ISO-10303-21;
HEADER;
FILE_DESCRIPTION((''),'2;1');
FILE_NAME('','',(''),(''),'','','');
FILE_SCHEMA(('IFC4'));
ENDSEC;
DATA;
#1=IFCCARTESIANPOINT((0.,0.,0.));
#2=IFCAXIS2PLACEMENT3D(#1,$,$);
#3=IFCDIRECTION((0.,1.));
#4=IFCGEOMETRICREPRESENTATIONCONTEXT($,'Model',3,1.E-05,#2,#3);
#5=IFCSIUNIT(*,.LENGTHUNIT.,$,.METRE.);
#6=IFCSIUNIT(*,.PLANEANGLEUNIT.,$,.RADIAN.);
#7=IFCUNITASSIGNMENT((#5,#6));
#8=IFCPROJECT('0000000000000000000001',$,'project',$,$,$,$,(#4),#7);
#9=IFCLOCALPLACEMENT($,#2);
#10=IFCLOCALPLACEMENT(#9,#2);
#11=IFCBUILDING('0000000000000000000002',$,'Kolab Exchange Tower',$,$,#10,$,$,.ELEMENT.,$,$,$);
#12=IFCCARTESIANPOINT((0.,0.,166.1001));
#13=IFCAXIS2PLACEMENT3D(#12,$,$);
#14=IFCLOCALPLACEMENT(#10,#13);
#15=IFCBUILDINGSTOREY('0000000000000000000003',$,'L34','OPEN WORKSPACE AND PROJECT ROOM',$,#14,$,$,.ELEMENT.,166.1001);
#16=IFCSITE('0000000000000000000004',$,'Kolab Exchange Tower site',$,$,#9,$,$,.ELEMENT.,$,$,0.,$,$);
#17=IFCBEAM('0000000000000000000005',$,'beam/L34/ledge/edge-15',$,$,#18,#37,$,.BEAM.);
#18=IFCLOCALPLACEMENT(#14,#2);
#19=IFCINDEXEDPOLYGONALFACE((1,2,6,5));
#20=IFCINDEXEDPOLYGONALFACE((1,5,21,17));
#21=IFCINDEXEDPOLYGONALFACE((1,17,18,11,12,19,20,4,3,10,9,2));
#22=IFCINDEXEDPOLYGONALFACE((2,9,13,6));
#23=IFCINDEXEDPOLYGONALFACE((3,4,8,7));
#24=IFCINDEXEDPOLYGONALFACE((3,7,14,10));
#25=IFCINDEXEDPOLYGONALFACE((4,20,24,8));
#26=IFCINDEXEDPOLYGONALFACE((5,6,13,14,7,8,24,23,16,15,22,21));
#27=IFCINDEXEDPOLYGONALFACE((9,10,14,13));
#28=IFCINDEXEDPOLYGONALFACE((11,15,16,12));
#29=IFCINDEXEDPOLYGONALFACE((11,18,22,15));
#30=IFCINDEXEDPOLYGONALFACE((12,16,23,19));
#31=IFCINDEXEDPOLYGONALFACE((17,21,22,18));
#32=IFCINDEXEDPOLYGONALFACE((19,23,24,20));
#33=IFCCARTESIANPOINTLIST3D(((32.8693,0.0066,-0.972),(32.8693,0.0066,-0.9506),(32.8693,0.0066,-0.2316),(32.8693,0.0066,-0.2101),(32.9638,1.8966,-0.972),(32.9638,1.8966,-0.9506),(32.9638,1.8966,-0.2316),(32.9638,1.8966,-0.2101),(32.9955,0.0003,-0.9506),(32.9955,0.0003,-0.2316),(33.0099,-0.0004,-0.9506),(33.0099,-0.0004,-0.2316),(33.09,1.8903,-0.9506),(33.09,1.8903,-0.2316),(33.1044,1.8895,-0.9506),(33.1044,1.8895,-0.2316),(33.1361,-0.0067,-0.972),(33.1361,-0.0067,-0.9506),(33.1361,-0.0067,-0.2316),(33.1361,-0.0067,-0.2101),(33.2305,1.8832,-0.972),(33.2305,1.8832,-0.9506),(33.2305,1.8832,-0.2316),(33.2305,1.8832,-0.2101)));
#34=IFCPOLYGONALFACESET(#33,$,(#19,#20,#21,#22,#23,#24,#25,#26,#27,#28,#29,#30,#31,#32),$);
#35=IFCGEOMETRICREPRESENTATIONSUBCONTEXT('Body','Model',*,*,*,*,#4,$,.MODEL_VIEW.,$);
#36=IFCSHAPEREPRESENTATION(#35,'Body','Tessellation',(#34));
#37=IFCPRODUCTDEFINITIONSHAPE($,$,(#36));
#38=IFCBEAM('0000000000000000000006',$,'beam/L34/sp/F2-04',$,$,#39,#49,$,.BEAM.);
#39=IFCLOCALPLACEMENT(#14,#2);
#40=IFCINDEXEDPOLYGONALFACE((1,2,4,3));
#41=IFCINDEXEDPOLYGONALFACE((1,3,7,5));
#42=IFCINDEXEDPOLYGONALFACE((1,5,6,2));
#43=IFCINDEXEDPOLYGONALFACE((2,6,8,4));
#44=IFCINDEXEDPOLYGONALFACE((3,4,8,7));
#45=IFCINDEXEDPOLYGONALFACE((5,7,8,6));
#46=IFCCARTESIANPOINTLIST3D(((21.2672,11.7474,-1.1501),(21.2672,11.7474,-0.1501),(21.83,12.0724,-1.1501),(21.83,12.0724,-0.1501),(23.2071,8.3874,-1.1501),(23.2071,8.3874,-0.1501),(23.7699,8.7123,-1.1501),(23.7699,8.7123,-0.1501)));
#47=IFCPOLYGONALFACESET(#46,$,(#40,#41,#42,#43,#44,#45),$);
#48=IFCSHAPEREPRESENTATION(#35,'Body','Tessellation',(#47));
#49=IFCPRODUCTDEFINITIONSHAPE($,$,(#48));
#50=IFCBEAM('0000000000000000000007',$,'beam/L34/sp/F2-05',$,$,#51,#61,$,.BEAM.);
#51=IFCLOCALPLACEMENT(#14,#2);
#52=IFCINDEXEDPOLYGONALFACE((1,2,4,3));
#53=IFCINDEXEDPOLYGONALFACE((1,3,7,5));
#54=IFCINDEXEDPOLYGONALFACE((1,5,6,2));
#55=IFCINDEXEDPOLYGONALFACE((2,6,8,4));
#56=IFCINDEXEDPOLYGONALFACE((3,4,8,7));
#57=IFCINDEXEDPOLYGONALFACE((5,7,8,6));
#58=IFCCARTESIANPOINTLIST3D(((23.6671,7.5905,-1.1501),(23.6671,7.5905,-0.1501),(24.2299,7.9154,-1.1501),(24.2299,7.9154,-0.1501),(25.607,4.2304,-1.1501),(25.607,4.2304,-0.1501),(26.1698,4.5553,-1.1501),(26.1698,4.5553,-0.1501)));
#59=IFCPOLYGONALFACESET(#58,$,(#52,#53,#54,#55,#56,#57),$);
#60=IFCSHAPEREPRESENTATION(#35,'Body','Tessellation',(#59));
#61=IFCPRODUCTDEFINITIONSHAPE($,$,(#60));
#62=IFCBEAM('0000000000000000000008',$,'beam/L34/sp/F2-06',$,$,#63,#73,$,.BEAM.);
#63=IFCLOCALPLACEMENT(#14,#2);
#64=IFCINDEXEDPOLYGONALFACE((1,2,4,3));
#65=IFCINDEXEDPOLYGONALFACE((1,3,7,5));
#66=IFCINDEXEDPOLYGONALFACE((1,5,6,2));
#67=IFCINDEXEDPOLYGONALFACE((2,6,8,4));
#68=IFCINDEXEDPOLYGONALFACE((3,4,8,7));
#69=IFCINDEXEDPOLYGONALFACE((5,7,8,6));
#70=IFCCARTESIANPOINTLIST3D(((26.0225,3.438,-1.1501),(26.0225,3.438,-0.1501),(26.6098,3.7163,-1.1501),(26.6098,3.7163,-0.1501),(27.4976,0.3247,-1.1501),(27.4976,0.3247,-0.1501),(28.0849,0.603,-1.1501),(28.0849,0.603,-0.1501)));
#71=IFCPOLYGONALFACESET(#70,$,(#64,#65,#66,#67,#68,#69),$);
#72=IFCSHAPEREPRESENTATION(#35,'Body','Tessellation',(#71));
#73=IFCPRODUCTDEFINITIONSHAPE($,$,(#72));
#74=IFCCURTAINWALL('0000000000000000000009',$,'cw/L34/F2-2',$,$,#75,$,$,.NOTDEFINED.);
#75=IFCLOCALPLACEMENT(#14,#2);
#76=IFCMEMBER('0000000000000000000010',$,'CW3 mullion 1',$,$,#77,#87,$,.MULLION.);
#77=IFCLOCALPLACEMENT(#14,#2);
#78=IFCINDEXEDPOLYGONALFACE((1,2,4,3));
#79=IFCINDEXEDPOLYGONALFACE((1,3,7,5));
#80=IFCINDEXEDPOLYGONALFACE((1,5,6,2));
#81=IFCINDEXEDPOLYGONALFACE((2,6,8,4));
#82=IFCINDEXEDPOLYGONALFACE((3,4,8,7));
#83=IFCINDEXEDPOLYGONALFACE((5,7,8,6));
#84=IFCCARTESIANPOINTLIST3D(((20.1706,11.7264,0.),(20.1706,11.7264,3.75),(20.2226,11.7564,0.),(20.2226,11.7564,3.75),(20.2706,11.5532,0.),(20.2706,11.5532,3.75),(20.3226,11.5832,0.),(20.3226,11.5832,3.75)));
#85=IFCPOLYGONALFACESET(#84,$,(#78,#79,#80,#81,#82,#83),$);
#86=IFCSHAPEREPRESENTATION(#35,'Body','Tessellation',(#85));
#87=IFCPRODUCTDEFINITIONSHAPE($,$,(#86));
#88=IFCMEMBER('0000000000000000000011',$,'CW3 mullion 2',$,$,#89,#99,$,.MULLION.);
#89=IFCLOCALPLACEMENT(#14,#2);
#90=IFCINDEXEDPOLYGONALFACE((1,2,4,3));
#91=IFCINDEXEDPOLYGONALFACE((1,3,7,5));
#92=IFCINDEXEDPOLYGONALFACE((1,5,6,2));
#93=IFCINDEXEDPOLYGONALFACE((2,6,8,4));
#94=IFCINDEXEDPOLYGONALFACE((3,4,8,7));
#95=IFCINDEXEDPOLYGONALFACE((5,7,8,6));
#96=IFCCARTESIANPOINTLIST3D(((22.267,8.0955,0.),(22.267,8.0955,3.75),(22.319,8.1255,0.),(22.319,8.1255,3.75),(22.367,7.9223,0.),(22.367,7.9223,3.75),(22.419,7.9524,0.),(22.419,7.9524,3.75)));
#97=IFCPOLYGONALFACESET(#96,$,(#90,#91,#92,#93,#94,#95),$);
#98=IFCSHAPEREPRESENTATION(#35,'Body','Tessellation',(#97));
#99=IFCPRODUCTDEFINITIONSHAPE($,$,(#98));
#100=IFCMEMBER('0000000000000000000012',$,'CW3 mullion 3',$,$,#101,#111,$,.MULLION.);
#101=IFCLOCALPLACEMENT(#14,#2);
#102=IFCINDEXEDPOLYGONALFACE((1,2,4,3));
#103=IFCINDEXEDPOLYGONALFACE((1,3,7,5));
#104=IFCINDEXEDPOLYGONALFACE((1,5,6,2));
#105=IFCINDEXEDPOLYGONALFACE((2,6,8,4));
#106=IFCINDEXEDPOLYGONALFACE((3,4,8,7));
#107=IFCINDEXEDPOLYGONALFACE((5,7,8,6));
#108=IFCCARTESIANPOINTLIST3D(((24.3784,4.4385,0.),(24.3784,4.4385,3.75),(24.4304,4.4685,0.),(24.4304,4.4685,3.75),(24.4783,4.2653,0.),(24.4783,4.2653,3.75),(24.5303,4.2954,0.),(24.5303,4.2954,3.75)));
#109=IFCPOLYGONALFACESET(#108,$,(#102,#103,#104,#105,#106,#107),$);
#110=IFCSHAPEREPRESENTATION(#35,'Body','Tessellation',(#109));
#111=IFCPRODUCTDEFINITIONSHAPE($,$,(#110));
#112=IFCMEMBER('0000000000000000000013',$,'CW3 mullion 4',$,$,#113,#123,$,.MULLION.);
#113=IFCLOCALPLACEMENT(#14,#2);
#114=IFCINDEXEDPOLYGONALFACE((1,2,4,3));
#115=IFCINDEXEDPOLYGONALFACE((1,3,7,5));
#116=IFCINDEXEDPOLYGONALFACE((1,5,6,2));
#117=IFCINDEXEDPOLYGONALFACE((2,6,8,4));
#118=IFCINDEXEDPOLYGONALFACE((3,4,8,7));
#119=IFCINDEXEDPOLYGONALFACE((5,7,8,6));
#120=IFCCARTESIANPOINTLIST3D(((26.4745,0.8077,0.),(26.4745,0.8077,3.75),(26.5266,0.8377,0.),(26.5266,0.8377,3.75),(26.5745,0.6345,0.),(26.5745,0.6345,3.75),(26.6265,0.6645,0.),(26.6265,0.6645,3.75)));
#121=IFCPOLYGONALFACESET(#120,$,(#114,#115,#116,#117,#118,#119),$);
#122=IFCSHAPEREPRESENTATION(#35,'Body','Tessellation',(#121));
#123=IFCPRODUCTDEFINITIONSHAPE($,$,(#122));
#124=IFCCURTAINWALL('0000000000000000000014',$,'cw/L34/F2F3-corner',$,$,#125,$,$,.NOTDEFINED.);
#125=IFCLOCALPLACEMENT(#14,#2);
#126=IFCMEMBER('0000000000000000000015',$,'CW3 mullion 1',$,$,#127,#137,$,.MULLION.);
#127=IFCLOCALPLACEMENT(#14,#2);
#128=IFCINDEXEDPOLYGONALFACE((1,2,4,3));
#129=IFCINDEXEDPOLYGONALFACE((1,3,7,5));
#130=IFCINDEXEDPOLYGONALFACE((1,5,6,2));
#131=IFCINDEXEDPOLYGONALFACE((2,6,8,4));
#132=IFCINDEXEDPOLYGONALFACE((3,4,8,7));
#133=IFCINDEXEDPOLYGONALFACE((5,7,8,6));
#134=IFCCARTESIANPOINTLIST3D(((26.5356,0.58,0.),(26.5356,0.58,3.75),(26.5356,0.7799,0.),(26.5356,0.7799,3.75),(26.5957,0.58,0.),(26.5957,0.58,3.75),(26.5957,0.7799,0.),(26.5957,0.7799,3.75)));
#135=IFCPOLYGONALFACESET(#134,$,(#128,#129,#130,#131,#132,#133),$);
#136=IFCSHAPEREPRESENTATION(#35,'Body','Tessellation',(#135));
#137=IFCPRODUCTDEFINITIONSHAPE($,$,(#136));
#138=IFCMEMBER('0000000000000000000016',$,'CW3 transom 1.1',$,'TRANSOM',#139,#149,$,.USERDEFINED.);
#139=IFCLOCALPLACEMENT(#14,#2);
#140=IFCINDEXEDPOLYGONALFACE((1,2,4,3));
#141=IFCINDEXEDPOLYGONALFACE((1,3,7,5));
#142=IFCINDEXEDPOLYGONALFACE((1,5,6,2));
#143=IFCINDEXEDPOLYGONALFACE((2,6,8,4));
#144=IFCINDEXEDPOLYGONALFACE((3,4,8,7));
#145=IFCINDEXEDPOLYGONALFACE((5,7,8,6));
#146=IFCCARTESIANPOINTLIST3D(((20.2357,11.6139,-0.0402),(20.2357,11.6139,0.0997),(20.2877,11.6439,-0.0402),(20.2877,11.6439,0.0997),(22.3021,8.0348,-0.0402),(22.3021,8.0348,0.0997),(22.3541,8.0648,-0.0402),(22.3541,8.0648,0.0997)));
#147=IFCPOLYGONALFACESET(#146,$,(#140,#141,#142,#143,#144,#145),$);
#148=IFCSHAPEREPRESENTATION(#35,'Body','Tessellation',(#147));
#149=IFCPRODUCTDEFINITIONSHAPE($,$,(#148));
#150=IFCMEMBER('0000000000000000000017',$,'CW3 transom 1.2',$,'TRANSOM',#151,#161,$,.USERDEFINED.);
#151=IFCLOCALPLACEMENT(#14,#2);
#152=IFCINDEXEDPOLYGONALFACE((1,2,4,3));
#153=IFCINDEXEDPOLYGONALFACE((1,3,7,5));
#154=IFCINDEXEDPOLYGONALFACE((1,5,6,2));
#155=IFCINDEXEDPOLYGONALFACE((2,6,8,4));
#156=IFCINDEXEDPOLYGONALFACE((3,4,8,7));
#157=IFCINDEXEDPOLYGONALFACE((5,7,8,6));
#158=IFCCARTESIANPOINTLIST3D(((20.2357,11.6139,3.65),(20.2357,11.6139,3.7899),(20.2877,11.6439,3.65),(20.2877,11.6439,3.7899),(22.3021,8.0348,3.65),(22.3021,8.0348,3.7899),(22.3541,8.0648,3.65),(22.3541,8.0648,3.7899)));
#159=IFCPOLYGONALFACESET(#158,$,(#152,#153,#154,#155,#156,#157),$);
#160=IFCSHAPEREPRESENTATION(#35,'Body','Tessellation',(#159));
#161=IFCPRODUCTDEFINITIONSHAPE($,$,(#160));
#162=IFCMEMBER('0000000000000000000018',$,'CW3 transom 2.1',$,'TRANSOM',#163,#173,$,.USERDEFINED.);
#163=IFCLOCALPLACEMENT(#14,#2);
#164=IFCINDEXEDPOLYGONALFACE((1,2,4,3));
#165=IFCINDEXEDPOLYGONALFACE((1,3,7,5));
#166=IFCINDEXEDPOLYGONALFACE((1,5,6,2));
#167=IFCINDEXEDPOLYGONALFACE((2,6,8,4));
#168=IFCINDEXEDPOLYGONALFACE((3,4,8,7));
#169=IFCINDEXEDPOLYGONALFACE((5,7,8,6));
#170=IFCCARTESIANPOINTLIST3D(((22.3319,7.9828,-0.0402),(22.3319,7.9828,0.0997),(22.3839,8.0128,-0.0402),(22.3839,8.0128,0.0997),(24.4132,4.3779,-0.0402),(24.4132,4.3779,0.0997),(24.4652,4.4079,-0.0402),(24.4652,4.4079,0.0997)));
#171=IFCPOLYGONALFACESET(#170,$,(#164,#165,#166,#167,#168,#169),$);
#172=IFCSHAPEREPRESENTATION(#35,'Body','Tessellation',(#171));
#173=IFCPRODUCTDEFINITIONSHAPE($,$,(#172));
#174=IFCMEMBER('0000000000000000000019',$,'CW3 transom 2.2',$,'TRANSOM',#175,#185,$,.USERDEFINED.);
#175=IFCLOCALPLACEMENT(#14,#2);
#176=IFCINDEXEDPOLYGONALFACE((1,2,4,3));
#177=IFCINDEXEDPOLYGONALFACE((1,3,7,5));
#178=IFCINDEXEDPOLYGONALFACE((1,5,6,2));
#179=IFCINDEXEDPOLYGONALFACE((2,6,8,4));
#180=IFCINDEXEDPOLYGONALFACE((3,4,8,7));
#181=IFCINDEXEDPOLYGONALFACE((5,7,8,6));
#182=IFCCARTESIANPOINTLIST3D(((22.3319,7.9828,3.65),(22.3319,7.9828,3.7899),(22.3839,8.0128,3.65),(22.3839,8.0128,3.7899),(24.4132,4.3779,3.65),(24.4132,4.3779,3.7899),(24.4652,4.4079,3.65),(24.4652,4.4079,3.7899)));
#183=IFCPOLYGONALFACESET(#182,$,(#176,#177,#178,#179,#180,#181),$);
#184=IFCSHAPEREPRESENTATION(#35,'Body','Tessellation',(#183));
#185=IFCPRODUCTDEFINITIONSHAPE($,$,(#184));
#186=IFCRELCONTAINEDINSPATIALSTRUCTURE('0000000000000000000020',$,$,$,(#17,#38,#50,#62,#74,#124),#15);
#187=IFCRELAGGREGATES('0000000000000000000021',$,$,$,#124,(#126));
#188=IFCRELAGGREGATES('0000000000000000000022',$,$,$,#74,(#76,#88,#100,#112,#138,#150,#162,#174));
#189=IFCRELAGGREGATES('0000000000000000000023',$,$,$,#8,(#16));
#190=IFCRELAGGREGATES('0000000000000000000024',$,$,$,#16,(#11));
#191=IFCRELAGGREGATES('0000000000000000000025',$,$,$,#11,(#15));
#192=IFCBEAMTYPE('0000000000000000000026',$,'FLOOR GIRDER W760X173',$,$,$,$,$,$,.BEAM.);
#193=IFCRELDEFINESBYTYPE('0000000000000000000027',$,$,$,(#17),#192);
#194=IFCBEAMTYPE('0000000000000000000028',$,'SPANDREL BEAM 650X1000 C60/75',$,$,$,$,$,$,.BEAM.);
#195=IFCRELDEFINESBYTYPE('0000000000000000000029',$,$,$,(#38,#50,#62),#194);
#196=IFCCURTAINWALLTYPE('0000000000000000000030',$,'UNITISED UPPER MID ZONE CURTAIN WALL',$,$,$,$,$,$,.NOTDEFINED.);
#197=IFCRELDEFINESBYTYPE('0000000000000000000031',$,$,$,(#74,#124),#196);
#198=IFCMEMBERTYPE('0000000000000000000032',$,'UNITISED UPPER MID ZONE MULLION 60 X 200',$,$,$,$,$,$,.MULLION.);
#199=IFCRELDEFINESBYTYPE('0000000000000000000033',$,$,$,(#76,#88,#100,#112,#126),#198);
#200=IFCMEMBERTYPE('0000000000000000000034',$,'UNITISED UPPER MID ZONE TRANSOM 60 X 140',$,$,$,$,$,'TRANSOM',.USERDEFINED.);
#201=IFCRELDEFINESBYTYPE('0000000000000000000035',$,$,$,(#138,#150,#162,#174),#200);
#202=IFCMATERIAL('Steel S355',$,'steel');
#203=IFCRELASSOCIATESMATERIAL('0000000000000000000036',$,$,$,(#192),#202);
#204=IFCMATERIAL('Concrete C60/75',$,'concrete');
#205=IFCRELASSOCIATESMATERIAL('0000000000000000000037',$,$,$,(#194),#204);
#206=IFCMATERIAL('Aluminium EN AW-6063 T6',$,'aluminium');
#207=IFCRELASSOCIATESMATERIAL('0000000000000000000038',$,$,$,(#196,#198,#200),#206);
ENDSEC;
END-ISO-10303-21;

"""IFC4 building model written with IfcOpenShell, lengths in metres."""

from ifc_helpers import new_model, si_unit, direction, frame, origin, origin_2d, place, context, subcontext, project, spatial, rectangle, i_section, extrude, material, material_profile, profile_set, type_object, element, aggregate, save


model = new_model("IFC4")

# Units and contexts
model_context = context("Model", 3, precision=1e-05, world=origin(), true_north=direction((0.0, 1.0)))
body_context = subcontext(model_context, "Body", "Model", "MODEL_VIEW")
ifc_project = project(units=[si_unit("LENGTHUNIT", "METRE"), si_unit("PLANEANGLEUNIT", "RADIAN")], contexts=[model_context])

# Site, building, storey
site_placement = place(None, origin())
site = spatial("IfcSite", under=ifc_project, at=site_placement, Name="Kolab Exchange Tower site", CompositionType="ELEMENT", RefElevation=0.0)
building_placement = place(site_placement, origin())
building = spatial("IfcBuilding", under=site, at=building_placement, Name="Kolab Exchange Tower", CompositionType="ELEMENT")
storey_placement = place(building_placement, frame((0.0, 0.0, 166.1001)))
storey = spatial("IfcBuildingStorey", under=building, at=storey_placement, Name="L34", Description="OPEN WORKSPACE AND PROJECT ROOM", CompositionType="ELEMENT", Elevation=166.1001)

# Shared definitions
ifc_material_1 = material(Name="Concrete C60/75", Category="concrete")

# Beams
ifc_material_2 = material(Name="Steel S355", Category="steel")
ifc_material_profile_1 = material_profile(ifc_material_2, i_section(OverallWidth=0.2671, OverallDepth=0.762, WebThickness=0.0144, FlangeThickness=0.0215, at=origin_2d()), Name="W760X173")
ifc_profile_set_1 = profile_set([ifc_material_profile_1], Name="Steel S355")
beam_type_1 = type_object("IfcBeamType", Name="FLOOR GIRDER W760X173", PredefinedType="BEAM", material=ifc_profile_set_1)
beam_1_placement = place(storey_placement, frame((33.0972, 1.8899, -0.5911), z_axis=(-0.049931, -0.998753, 0.0), x_axis=(0.998753, -0.049931, 0.0)))
element("IfcBeam", 1, at=beam_1_placement, inside=storey, type_object=beam_type_1, Name="beam/L34/ledge/edge-15", PredefinedType="BEAM", context=body_context, shape_type="SweptSolid", body=[
    extrude(i_section(OverallWidth=0.2671, OverallDepth=0.762, WebThickness=0.0144, FlangeThickness=0.0215, at=origin_2d()), origin(), (0.0, 0.0, 1.0), 1.8923),
])
ifc_material_profile_2 = material_profile(ifc_material_1, rectangle(XDim=0.6499, YDim=1.0, at=origin_2d()), Name="RC650X1000")
ifc_profile_set_2 = profile_set([ifc_material_profile_2], Name="Concrete C60/75")
beam_type_2 = type_object("IfcBeamType", Name="SPANDREL BEAM 650X1000 C60/75", PredefinedType="BEAM", material=ifc_profile_set_2)
for number, where, z_axis, x_axis, name in (
    (2, (21.5486, 11.9099, -0.6501), (0.499997, -0.866027, 0.0), (0.866027, 0.499997, 0.0), "beam/L34/sp/F2-04"),
    (3, (23.9485, 7.7529, -0.6501), (0.499997, -0.866027, 0.0), (0.866027, 0.499997, 0.0), "beam/L34/sp/F2-05"),
):
    element("IfcBeam", number, at=place(storey_placement, frame(where, z_axis=z_axis, x_axis=x_axis)), inside=storey, type_object=beam_type_2, Name=name, PredefinedType="BEAM", context=body_context, shape_type="SweptSolid", body=[
        extrude(rectangle(XDim=0.6499, YDim=1.0, at=origin_2d()), origin(), (0.0, 0.0, 1.0), 3.8799),
    ])
beam_2_placement = place(storey_placement, frame((26.3162, 3.5771, -0.6501), z_axis=(0.428178, -0.903695, 0.0), x_axis=(0.903695, 0.428178, 0.0)))
element("IfcBeam", 4, at=beam_2_placement, inside=storey, type_object=beam_type_2, Name="beam/L34/sp/F2-06", PredefinedType="BEAM", context=body_context, shape_type="SweptSolid", body=[
    extrude(rectangle(XDim=0.6499, YDim=1.0, at=origin_2d()), origin(), (0.0, 0.0, 1.0), 3.4451),
])

# Curtain wall, members
ifc_material_3 = material(Name="Aluminium EN AW-6063 T6", Category="aluminium")
curtain_wall_type = type_object("IfcCurtainWallType", Name="UNITISED UPPER MID ZONE CURTAIN WALL", PredefinedType="NOTDEFINED", material=ifc_material_3)
curtain_wall_1_placement = place(storey_placement, origin())
curtain_wall_1 = element("IfcCurtainWall", 5, at=curtain_wall_1_placement, inside=storey, type_object=curtain_wall_type, Name="cw/L34/F2-2", PredefinedType="NOTDEFINED")
ifc_material_profile_3 = material_profile(ifc_material_3, rectangle(XDim=0.0601, YDim=0.2, at=origin_2d()), Name="RECT 60X200")
ifc_profile_set_3 = profile_set([ifc_material_profile_3], Name="Aluminium EN AW-6063 T6")
member_type_1 = type_object("IfcMemberType", Name="UNITISED UPPER MID ZONE MULLION 60 X 200", PredefinedType="MULLION", material=ifc_profile_set_3)
member_1_placement = place(storey_placement, frame((20.2466, 11.6548, 0.0), z_axis=(0.0, 0.0, 1.0), x_axis=(0.866025, 0.5, 0.0)))
member_1 = element("IfcMember", 6, at=member_1_placement, type_object=member_type_1, Name="CW3 mullion 1", PredefinedType="MULLION", context=body_context, shape_type="SweptSolid", body=[
    extrude(rectangle(XDim=0.0601, YDim=0.2, at=origin_2d()), origin(), (0.0, 0.0, 1.0), 3.75),
])
member_2_placement = place(storey_placement, frame((22.343, 8.0239, 0.0), z_axis=(0.0, 0.0, 1.0), x_axis=(0.866025, 0.5, 0.0)))
member_2 = element("IfcMember", 7, at=member_2_placement, type_object=member_type_1, Name="CW3 mullion 2", PredefinedType="MULLION", context=body_context, shape_type="SweptSolid", body=[
    extrude(rectangle(XDim=0.0601, YDim=0.2, at=origin_2d()), origin(), (0.0, 0.0, 1.0), 3.75),
])
member_3_placement = place(storey_placement, frame((24.4543, 4.3669, 0.0), z_axis=(0.0, 0.0, 1.0), x_axis=(0.866025, 0.5, 0.0)))
member_3 = element("IfcMember", 8, at=member_3_placement, type_object=member_type_1, Name="CW3 mullion 3", PredefinedType="MULLION", context=body_context, shape_type="SweptSolid", body=[
    extrude(rectangle(XDim=0.0601, YDim=0.2, at=origin_2d()), origin(), (0.0, 0.0, 1.0), 3.75),
])
member_4_placement = place(storey_placement, frame((26.5505, 0.7361, 0.0), z_axis=(0.0, 0.0, 1.0), x_axis=(0.866025, 0.5, 0.0)))
member_4 = element("IfcMember", 9, at=member_4_placement, type_object=member_type_1, Name="CW3 mullion 4", PredefinedType="MULLION", context=body_context, shape_type="SweptSolid", body=[
    extrude(rectangle(XDim=0.0601, YDim=0.2, at=origin_2d()), origin(), (0.0, 0.0, 1.0), 3.75),
])

# Curtain wall, member
curtain_wall_2_placement = place(storey_placement, origin())
curtain_wall_2 = element("IfcCurtainWall", 10, at=curtain_wall_2_placement, inside=storey, type_object=curtain_wall_type, Name="cw/L34/F2F3-corner", PredefinedType="NOTDEFINED")
member_5_placement = place(storey_placement, frame((26.5657, 0.6799, 0.0), z_axis=(0.0, 0.0, 1.0), x_axis=(1.0, 0.0, 0.0)))
member_5 = element("IfcMember", 11, at=member_5_placement, type_object=member_type_1, Name="CW3 mullion 1", PredefinedType="MULLION", context=body_context, shape_type="SweptSolid", body=[
    extrude(rectangle(XDim=0.0601, YDim=0.2, at=origin_2d()), origin(), (0.0, 0.0, 1.0), 3.75),
])
aggregate(curtain_wall_2, [member_5])

# Members
ifc_material_profile_4 = material_profile(ifc_material_3, rectangle(XDim=0.0601, YDim=0.1399, at=origin_2d()), Name="RECT 60X140")
ifc_profile_set_4 = profile_set([ifc_material_profile_4], Name="Aluminium EN AW-6063 T6")
member_type_2 = type_object("IfcMemberType", Name="UNITISED UPPER MID ZONE TRANSOM 60 X 140", ElementType="TRANSOM", PredefinedType="USERDEFINED", material=ifc_profile_set_4)
member_6_placement = place(storey_placement, frame((20.2617, 11.6289, 0.0298), z_axis=(0.500002, -0.866024, 0.0), x_axis=(0.866024, 0.500002, 0.0)))
member_6 = element("IfcMember", 12, at=member_6_placement, type_object=member_type_2, Name="CW3 transom 1.1", ObjectType="TRANSOM", PredefinedType="USERDEFINED", context=body_context, shape_type="SweptSolid", body=[
    extrude(rectangle(XDim=0.0601, YDim=0.1399, at=origin_2d()), origin(), (0.0, 0.0, 1.0), 4.1328),
])
member_7_placement = place(storey_placement, frame((20.2617, 11.6289, 3.72), z_axis=(0.500002, -0.866024, 0.0), x_axis=(0.866024, 0.500002, 0.0)))
member_7 = element("IfcMember", 13, at=member_7_placement, type_object=member_type_2, Name="CW3 transom 1.2", ObjectType="TRANSOM", PredefinedType="USERDEFINED", context=body_context, shape_type="SweptSolid", body=[
    extrude(rectangle(XDim=0.0601, YDim=0.1399, at=origin_2d()), origin(), (0.0, 0.0, 1.0), 4.1328),
])
member_8_placement = place(storey_placement, frame((22.3579, 7.9978, 0.0298), z_axis=(0.499993, -0.866029, 0.0), x_axis=(0.866029, 0.499993, 0.0)))
member_8 = element("IfcMember", 14, at=member_8_placement, type_object=member_type_2, Name="CW3 transom 2.1", ObjectType="TRANSOM", PredefinedType="USERDEFINED", context=body_context, shape_type="SweptSolid", body=[
    extrude(rectangle(XDim=0.0601, YDim=0.1399, at=origin_2d()), origin(), (0.0, 0.0, 1.0), 4.1626),
])
member_9_placement = place(storey_placement, frame((22.3579, 7.9978, 3.72), z_axis=(0.499993, -0.866029, 0.0), x_axis=(0.866029, 0.499993, 0.0)))
member_9 = element("IfcMember", 15, at=member_9_placement, type_object=member_type_2, Name="CW3 transom 2.2", ObjectType="TRANSOM", PredefinedType="USERDEFINED", context=body_context, shape_type="SweptSolid", body=[
    extrude(rectangle(XDim=0.0601, YDim=0.1399, at=origin_2d()), origin(), (0.0, 0.0, 1.0), 4.1626),
])

aggregate(curtain_wall_1, [member_1, member_2, member_3, member_4, member_6, member_7, member_8, member_9])

save(model, "model.ifc")
